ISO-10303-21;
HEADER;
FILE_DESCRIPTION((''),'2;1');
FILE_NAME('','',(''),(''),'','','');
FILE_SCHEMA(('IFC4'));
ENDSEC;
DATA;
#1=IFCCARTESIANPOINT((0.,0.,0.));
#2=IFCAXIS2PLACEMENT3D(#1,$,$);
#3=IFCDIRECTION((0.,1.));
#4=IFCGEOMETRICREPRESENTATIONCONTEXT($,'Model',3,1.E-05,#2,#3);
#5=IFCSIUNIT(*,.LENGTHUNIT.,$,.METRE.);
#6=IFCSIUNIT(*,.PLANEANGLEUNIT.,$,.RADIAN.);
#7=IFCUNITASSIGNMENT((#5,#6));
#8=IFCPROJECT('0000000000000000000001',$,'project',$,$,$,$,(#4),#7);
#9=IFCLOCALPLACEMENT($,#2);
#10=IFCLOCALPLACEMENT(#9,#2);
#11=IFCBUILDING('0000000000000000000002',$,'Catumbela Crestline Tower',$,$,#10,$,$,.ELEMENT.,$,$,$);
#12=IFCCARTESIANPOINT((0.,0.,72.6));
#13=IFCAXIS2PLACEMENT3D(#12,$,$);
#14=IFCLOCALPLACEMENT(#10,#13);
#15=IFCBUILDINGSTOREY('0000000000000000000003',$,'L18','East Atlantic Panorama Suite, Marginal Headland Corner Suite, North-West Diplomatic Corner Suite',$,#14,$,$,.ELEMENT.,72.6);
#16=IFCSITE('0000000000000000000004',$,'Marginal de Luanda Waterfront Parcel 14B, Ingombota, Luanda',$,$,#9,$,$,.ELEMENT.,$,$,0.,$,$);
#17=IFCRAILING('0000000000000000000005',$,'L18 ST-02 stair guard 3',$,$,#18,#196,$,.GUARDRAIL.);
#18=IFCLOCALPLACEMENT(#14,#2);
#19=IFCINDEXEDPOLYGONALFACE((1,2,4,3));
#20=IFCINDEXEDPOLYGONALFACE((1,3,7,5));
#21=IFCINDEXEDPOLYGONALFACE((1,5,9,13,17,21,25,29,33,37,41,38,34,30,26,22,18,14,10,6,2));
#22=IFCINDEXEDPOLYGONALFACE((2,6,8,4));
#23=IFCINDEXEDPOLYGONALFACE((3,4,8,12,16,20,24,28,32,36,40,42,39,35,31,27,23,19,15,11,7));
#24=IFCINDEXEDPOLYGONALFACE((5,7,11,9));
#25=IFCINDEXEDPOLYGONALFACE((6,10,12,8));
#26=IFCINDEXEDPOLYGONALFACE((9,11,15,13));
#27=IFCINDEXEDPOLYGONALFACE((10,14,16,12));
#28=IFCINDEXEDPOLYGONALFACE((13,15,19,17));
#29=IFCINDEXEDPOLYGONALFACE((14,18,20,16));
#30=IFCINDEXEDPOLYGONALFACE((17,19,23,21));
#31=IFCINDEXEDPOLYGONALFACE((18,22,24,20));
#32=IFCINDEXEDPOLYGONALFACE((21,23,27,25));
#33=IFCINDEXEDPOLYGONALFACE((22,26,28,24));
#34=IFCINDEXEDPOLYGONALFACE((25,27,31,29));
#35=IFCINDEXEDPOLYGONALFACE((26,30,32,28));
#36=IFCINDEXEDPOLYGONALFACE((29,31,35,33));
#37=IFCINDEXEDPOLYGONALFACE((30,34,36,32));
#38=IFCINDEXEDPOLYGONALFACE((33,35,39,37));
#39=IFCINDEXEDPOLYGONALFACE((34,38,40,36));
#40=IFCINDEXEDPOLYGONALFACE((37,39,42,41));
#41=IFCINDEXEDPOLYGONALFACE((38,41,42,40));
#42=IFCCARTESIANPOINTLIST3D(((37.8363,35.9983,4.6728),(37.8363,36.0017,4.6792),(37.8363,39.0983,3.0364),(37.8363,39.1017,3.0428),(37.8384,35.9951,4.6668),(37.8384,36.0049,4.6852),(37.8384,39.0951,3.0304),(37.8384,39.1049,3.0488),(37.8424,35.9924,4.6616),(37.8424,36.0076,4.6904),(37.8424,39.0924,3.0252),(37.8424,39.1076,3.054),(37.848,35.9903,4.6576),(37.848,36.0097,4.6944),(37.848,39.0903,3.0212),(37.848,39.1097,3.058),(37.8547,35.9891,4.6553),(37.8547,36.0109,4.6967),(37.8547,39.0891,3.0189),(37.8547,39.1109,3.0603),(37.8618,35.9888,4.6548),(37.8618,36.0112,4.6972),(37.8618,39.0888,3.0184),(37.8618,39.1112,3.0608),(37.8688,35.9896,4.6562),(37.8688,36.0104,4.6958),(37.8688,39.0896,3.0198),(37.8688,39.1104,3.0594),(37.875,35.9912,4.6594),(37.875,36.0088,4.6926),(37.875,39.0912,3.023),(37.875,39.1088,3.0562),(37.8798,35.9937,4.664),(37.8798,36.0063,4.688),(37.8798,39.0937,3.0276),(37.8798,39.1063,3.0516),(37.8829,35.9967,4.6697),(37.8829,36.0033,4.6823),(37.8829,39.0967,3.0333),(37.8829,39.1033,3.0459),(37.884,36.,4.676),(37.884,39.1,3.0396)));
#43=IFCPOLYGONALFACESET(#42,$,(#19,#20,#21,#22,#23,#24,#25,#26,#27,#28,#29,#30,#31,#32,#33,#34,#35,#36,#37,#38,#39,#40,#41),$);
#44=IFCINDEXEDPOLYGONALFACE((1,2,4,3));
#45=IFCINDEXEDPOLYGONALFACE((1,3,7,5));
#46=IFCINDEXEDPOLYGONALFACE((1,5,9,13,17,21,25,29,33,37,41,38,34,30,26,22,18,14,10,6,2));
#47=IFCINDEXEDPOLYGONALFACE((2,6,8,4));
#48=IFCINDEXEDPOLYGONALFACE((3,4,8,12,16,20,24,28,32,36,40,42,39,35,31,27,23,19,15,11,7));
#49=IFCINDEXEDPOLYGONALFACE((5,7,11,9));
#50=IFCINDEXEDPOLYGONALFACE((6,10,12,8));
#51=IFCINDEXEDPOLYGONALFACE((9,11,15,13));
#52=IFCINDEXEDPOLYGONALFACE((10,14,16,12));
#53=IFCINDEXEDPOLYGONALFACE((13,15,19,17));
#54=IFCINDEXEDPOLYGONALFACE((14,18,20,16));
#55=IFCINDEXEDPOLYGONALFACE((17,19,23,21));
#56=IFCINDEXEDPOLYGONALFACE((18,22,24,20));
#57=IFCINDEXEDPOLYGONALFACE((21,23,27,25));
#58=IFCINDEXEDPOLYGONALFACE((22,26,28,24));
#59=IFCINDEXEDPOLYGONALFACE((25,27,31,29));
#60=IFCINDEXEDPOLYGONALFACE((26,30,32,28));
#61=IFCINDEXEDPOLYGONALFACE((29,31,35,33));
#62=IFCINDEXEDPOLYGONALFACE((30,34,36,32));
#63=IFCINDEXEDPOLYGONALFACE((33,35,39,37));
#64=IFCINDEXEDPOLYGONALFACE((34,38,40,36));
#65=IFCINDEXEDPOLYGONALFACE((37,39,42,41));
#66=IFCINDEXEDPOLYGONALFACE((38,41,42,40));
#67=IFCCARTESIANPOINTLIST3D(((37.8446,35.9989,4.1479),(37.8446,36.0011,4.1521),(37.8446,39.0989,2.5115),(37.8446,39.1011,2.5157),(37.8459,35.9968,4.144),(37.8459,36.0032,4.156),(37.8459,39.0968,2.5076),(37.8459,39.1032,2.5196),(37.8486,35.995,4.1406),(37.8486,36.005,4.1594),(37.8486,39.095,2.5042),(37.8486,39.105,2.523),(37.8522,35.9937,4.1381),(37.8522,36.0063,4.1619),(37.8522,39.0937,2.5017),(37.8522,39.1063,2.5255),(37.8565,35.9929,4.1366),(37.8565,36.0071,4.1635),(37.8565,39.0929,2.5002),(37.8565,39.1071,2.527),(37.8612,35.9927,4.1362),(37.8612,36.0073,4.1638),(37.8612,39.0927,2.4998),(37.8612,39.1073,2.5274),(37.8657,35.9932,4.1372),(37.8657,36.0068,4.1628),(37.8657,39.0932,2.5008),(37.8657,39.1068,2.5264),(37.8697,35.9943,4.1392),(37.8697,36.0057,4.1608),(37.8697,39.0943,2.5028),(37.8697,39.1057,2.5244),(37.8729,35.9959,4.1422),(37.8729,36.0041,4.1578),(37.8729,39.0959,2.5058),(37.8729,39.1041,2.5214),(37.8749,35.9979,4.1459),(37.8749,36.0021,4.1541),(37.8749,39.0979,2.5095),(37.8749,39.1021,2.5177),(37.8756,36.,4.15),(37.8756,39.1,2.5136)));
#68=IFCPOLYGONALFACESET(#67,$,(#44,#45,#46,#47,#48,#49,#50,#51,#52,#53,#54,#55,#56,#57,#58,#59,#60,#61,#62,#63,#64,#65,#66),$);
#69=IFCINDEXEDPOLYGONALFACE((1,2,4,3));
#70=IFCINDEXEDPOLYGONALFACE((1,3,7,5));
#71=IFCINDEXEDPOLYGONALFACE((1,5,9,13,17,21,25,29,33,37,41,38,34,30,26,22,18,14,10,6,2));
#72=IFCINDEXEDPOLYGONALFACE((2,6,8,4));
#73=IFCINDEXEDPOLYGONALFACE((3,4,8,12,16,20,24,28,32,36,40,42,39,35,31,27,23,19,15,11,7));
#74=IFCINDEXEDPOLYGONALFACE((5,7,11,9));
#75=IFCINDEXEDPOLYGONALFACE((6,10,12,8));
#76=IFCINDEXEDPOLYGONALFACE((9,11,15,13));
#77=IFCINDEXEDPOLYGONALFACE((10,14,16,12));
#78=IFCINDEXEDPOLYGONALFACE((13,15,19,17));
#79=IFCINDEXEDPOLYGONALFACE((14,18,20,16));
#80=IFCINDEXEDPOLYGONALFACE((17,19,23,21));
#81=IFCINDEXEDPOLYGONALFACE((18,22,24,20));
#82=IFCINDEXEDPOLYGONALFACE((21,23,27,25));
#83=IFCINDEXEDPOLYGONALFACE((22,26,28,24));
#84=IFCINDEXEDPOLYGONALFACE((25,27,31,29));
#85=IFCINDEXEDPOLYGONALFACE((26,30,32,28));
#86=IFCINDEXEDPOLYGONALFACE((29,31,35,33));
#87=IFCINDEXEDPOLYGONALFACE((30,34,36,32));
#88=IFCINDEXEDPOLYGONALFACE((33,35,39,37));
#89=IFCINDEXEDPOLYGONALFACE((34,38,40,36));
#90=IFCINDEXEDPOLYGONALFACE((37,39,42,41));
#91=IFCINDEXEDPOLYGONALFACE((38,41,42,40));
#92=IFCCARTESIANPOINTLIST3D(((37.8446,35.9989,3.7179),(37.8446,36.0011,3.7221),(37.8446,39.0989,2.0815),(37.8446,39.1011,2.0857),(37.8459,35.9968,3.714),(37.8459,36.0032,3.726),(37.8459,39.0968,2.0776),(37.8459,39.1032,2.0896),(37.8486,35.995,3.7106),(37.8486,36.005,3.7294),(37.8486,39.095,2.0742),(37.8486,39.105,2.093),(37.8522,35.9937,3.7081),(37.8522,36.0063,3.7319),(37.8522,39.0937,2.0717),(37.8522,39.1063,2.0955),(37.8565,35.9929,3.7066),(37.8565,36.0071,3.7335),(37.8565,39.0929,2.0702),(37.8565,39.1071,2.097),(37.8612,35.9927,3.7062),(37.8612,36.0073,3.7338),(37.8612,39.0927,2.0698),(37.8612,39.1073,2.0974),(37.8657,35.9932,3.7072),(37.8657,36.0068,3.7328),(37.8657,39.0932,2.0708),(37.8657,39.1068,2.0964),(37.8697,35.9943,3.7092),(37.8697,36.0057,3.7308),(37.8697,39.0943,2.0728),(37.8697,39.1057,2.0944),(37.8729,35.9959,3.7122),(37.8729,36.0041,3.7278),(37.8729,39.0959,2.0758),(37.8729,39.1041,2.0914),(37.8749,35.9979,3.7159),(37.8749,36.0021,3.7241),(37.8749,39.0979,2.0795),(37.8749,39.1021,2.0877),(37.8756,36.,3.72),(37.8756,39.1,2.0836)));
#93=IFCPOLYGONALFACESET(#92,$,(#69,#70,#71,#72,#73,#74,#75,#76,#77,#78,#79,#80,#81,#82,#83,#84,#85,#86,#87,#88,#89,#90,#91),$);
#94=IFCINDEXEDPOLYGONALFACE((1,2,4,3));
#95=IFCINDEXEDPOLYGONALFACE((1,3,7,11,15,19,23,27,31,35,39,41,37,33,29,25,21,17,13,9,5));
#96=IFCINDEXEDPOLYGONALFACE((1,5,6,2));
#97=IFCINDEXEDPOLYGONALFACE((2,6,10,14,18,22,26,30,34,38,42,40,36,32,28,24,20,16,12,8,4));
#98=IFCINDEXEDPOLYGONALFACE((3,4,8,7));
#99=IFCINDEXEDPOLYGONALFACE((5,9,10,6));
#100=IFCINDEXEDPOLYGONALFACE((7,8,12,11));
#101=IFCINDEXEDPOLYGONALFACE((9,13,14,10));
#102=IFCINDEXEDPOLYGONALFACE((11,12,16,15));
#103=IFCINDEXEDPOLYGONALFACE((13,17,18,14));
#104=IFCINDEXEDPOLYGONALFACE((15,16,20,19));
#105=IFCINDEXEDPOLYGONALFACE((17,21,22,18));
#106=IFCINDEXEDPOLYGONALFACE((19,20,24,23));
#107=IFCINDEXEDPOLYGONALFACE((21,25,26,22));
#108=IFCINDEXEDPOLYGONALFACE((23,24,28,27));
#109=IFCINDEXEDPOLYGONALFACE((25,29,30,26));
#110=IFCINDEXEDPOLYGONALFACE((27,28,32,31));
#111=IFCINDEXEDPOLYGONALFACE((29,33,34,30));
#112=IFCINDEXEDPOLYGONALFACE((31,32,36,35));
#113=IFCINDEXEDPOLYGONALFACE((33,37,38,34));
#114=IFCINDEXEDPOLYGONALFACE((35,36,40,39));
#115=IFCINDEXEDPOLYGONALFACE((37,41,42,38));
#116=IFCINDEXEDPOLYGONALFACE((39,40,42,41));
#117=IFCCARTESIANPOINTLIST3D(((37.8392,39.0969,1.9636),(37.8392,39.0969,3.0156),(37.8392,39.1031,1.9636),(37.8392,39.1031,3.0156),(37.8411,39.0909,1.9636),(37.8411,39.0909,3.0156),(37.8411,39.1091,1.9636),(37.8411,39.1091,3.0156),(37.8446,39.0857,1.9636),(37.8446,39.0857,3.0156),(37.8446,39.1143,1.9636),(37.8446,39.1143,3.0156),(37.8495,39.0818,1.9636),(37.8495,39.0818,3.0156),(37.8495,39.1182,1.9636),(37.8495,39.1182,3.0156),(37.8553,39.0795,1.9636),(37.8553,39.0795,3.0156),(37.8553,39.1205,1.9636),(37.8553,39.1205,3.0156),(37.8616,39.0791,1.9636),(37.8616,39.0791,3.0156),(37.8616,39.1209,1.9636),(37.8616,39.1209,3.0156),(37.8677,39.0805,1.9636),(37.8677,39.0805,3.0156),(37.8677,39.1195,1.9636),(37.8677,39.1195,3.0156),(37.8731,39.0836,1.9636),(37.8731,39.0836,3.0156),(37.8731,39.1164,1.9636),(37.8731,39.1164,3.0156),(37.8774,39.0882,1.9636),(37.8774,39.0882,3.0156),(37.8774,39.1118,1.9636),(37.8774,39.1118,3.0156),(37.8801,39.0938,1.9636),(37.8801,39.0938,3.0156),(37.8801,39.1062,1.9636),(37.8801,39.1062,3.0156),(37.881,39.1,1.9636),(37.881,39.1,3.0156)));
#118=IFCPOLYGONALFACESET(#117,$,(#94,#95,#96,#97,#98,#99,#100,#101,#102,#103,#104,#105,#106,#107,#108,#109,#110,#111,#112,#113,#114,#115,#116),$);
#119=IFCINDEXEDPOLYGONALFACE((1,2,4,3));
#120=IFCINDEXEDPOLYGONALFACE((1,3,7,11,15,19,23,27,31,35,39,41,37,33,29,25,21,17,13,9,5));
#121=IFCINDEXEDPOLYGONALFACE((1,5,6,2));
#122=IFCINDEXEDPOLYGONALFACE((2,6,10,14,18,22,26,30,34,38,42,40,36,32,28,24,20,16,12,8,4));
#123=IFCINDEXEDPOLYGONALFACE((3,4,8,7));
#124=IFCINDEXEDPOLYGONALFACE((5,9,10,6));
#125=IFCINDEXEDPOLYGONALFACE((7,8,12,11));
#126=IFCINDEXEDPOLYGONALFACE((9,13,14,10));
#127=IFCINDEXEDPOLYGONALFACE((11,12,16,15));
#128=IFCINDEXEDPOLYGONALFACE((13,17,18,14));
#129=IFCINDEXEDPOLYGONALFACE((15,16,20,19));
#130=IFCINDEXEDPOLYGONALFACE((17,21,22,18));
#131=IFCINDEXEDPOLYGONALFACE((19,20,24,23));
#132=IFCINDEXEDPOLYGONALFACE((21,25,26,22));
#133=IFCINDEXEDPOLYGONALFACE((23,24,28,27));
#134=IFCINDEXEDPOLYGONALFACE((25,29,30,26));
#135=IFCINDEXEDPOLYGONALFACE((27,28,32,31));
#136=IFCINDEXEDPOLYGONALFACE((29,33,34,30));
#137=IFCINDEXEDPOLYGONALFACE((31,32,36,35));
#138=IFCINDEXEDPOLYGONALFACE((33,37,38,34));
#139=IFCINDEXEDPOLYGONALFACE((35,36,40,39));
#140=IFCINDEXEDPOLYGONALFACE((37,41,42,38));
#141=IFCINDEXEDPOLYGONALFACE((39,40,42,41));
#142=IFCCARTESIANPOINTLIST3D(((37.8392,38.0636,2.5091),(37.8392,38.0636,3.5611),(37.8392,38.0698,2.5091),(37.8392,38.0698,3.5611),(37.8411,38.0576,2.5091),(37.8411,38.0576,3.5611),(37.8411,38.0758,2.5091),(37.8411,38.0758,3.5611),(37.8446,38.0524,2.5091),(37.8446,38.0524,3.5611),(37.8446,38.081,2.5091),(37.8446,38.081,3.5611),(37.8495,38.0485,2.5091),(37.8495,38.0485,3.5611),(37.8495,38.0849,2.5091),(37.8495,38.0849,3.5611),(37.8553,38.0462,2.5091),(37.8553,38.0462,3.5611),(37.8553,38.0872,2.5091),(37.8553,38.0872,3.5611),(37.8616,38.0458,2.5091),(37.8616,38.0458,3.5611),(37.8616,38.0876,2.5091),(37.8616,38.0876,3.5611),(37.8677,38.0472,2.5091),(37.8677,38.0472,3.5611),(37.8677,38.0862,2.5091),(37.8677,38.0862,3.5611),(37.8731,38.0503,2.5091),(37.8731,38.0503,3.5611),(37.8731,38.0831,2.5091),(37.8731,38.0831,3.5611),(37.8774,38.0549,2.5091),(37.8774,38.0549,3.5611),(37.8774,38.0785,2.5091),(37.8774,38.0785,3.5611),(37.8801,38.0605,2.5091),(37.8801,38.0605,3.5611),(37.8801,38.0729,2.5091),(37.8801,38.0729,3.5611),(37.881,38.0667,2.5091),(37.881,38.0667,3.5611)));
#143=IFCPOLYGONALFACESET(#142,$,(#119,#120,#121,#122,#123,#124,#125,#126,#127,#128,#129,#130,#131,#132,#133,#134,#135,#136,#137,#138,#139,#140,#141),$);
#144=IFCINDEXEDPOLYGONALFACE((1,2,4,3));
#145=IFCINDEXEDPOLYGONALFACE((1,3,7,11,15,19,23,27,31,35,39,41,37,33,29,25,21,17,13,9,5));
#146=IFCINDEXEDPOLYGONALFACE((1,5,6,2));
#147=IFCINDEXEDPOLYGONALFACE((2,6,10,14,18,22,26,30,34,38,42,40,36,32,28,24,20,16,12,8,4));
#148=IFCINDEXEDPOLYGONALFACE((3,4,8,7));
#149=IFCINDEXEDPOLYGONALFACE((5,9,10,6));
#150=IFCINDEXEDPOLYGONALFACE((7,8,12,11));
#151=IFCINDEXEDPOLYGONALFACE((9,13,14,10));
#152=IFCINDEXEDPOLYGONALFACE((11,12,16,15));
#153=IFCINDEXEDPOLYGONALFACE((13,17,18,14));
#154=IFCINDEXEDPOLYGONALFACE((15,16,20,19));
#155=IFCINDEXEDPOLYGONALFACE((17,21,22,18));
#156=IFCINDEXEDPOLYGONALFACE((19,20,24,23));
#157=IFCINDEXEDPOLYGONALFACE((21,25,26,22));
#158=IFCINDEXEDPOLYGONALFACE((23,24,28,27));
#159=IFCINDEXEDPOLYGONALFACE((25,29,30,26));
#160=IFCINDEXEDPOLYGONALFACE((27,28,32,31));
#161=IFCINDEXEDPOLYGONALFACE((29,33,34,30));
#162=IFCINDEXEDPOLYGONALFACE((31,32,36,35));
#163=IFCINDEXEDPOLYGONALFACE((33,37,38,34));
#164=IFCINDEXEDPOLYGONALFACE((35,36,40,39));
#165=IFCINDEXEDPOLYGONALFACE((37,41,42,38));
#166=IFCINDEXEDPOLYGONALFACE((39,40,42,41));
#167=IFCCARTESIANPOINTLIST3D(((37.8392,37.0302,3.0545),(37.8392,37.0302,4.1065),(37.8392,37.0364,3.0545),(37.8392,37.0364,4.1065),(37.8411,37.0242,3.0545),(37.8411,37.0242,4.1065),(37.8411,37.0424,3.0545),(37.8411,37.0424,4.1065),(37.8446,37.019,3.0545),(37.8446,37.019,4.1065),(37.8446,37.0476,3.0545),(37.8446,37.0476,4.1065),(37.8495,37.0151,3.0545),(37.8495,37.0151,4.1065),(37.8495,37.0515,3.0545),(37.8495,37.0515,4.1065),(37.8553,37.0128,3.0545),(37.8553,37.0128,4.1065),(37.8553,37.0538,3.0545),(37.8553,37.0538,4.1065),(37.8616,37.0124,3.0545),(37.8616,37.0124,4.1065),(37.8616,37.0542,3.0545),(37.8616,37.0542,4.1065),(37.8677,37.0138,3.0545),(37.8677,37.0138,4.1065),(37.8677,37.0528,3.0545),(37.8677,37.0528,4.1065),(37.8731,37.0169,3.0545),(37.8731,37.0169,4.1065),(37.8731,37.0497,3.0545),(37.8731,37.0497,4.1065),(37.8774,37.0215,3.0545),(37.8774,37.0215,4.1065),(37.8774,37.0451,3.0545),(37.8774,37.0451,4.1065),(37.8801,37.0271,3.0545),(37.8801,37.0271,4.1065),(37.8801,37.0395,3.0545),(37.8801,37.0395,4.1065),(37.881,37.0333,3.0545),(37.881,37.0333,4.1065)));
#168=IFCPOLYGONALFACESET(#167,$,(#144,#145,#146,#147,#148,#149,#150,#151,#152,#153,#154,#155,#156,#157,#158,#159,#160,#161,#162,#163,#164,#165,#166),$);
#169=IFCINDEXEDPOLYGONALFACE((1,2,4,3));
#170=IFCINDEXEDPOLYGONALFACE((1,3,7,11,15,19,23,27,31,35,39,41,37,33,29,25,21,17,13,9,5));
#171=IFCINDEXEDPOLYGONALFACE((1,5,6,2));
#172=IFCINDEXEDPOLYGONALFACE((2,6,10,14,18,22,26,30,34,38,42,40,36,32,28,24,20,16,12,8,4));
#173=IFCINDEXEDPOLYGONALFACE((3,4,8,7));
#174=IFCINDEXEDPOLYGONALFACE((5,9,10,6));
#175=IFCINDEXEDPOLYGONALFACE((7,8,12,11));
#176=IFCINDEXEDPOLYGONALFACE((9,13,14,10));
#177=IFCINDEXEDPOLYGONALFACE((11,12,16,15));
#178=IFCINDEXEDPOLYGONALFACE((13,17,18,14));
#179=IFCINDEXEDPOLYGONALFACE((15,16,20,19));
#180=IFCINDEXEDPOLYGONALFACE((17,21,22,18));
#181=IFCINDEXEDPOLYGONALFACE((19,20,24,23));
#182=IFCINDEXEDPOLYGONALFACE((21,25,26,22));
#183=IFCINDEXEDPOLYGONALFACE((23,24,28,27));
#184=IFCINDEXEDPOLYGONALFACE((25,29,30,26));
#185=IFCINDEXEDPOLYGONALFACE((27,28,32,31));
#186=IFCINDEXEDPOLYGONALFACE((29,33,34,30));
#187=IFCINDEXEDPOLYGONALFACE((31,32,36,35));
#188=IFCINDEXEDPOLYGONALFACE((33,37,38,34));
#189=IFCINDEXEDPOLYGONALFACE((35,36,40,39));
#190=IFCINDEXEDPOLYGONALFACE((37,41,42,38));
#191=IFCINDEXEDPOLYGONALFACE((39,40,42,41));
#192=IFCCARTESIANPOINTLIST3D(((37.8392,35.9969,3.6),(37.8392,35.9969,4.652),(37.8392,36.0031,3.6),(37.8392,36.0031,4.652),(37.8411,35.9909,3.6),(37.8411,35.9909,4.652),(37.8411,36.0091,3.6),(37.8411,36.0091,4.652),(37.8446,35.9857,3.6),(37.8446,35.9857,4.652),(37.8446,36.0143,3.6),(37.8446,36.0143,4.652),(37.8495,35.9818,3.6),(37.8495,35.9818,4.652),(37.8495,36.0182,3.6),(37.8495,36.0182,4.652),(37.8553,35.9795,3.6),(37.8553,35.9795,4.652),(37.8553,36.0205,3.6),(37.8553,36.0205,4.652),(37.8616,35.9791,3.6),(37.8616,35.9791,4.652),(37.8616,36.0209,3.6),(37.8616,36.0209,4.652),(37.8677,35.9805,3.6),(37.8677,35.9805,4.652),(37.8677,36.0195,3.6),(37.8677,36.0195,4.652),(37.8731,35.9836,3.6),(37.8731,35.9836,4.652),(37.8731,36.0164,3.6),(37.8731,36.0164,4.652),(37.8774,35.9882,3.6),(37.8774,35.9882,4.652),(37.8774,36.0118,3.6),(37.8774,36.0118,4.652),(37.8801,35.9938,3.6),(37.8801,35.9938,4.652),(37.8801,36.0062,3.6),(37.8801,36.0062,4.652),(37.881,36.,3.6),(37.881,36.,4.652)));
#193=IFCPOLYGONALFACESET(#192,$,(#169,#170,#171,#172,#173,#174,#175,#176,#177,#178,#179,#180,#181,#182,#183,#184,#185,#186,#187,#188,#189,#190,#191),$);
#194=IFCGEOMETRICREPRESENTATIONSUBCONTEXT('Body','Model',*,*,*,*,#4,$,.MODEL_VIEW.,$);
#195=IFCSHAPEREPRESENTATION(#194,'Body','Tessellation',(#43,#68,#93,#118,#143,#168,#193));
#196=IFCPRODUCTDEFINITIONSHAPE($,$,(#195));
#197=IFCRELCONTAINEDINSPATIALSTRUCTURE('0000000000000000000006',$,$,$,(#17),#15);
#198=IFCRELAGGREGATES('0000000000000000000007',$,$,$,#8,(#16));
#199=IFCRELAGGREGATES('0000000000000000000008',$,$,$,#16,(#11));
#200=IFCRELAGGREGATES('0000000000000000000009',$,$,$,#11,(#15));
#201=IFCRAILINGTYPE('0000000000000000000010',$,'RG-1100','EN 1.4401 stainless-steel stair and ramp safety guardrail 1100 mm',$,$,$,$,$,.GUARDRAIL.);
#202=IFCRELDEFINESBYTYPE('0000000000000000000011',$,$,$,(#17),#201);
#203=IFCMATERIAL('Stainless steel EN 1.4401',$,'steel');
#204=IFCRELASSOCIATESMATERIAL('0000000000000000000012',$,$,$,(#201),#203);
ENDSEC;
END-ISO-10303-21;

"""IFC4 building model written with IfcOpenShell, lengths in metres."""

from ifc_helpers import new_model, si_unit, direction, frame, origin, origin_2d, place, context, subcontext, project, spatial, circle, extrude, material, type_object, element, save


model = new_model("IFC4")

# Units and contexts
model_context = context("Model", 3, precision=1e-05, world=origin(), true_north=direction((0.0, 1.0)))
body_context = subcontext(model_context, "Body", "Model", "MODEL_VIEW")
ifc_project = project(units=[si_unit("LENGTHUNIT", "METRE"), si_unit("PLANEANGLEUNIT", "RADIAN")], contexts=[model_context])

# Site, building, storey
site_placement = place(None, origin())
site = spatial("IfcSite", under=ifc_project, at=site_placement, Name="Marginal de Luanda Waterfront Parcel 14B, Ingombota, Luanda", CompositionType="ELEMENT", RefElevation=0.0)
building_placement = place(site_placement, origin())
building = spatial("IfcBuilding", under=site, at=building_placement, Name="Catumbela Crestline Tower", CompositionType="ELEMENT")
storey_placement = place(building_placement, frame((0.0, 0.0, 72.6)))
storey = spatial("IfcBuildingStorey", under=building, at=storey_placement, Name="L18", Description="East Atlantic Panorama Suite, Marginal Headland Corner Suite, North-West Diplomatic Corner Suite", CompositionType="ELEMENT", Elevation=72.6)

# Shared definitions
ifc_material_1 = material(Name="Stainless steel EN 1.4401", Category="steel")

# Railing
railing_type_1 = type_object("IfcRailingType", Name="RG-1100", Description="EN 1.4401 stainless-steel stair and ramp safety guardrail 1100 mm", PredefinedType="GUARDRAIL", material=ifc_material_1)
railing_1_placement = place(storey_placement, frame((37.86, 39.1, 1.9636)))
element("IfcRailing", 1, at=railing_1_placement, inside=storey, type_object=railing_type_1, Name="L18 ST-02 stair guard 3", PredefinedType="GUARDRAIL", context=body_context, shape_type="SweptSolid", body=[
    extrude(circle(Radius=0.024, at=origin_2d()), frame((0.0, 0.0, 1.076), z_axis=(0.0, -0.884351, 0.466823), x_axis=(1.0, 0.0, 0.0)), (0.0, 0.0, 1.0), 3.5054),
    extrude(circle(Radius=0.0156, at=origin_2d()), frame((0.0, 0.0, 0.55), z_axis=(0.0, -0.884351, 0.466823), x_axis=(1.0, 0.0, 0.0)), (0.0, 0.0, 1.0), 3.5054),
    extrude(circle(Radius=0.0156, at=origin_2d()), frame((0.0, 0.0, 0.12), z_axis=(0.0, -0.884351, 0.466823), x_axis=(1.0, 0.0, 0.0)), (0.0, 0.0, 1.0), 3.5054),
    extrude(circle(Radius=0.021, at=origin_2d()), origin(), (0.0, 0.0, 1.0), 1.052),
    extrude(circle(Radius=0.021, at=origin_2d()), frame((0.0, -1.0333, 0.5455)), (0.0, 0.0, 1.0), 1.052),
    extrude(circle(Radius=0.021, at=origin_2d()), frame((0.0, -2.0667, 1.0909)), (0.0, 0.0, 1.0), 1.052),
    extrude(circle(Radius=0.021, at=origin_2d()), frame((0.0, -3.1, 1.6364)), (0.0, 0.0, 1.0), 1.052),
])

save(model, "model.ifc")
